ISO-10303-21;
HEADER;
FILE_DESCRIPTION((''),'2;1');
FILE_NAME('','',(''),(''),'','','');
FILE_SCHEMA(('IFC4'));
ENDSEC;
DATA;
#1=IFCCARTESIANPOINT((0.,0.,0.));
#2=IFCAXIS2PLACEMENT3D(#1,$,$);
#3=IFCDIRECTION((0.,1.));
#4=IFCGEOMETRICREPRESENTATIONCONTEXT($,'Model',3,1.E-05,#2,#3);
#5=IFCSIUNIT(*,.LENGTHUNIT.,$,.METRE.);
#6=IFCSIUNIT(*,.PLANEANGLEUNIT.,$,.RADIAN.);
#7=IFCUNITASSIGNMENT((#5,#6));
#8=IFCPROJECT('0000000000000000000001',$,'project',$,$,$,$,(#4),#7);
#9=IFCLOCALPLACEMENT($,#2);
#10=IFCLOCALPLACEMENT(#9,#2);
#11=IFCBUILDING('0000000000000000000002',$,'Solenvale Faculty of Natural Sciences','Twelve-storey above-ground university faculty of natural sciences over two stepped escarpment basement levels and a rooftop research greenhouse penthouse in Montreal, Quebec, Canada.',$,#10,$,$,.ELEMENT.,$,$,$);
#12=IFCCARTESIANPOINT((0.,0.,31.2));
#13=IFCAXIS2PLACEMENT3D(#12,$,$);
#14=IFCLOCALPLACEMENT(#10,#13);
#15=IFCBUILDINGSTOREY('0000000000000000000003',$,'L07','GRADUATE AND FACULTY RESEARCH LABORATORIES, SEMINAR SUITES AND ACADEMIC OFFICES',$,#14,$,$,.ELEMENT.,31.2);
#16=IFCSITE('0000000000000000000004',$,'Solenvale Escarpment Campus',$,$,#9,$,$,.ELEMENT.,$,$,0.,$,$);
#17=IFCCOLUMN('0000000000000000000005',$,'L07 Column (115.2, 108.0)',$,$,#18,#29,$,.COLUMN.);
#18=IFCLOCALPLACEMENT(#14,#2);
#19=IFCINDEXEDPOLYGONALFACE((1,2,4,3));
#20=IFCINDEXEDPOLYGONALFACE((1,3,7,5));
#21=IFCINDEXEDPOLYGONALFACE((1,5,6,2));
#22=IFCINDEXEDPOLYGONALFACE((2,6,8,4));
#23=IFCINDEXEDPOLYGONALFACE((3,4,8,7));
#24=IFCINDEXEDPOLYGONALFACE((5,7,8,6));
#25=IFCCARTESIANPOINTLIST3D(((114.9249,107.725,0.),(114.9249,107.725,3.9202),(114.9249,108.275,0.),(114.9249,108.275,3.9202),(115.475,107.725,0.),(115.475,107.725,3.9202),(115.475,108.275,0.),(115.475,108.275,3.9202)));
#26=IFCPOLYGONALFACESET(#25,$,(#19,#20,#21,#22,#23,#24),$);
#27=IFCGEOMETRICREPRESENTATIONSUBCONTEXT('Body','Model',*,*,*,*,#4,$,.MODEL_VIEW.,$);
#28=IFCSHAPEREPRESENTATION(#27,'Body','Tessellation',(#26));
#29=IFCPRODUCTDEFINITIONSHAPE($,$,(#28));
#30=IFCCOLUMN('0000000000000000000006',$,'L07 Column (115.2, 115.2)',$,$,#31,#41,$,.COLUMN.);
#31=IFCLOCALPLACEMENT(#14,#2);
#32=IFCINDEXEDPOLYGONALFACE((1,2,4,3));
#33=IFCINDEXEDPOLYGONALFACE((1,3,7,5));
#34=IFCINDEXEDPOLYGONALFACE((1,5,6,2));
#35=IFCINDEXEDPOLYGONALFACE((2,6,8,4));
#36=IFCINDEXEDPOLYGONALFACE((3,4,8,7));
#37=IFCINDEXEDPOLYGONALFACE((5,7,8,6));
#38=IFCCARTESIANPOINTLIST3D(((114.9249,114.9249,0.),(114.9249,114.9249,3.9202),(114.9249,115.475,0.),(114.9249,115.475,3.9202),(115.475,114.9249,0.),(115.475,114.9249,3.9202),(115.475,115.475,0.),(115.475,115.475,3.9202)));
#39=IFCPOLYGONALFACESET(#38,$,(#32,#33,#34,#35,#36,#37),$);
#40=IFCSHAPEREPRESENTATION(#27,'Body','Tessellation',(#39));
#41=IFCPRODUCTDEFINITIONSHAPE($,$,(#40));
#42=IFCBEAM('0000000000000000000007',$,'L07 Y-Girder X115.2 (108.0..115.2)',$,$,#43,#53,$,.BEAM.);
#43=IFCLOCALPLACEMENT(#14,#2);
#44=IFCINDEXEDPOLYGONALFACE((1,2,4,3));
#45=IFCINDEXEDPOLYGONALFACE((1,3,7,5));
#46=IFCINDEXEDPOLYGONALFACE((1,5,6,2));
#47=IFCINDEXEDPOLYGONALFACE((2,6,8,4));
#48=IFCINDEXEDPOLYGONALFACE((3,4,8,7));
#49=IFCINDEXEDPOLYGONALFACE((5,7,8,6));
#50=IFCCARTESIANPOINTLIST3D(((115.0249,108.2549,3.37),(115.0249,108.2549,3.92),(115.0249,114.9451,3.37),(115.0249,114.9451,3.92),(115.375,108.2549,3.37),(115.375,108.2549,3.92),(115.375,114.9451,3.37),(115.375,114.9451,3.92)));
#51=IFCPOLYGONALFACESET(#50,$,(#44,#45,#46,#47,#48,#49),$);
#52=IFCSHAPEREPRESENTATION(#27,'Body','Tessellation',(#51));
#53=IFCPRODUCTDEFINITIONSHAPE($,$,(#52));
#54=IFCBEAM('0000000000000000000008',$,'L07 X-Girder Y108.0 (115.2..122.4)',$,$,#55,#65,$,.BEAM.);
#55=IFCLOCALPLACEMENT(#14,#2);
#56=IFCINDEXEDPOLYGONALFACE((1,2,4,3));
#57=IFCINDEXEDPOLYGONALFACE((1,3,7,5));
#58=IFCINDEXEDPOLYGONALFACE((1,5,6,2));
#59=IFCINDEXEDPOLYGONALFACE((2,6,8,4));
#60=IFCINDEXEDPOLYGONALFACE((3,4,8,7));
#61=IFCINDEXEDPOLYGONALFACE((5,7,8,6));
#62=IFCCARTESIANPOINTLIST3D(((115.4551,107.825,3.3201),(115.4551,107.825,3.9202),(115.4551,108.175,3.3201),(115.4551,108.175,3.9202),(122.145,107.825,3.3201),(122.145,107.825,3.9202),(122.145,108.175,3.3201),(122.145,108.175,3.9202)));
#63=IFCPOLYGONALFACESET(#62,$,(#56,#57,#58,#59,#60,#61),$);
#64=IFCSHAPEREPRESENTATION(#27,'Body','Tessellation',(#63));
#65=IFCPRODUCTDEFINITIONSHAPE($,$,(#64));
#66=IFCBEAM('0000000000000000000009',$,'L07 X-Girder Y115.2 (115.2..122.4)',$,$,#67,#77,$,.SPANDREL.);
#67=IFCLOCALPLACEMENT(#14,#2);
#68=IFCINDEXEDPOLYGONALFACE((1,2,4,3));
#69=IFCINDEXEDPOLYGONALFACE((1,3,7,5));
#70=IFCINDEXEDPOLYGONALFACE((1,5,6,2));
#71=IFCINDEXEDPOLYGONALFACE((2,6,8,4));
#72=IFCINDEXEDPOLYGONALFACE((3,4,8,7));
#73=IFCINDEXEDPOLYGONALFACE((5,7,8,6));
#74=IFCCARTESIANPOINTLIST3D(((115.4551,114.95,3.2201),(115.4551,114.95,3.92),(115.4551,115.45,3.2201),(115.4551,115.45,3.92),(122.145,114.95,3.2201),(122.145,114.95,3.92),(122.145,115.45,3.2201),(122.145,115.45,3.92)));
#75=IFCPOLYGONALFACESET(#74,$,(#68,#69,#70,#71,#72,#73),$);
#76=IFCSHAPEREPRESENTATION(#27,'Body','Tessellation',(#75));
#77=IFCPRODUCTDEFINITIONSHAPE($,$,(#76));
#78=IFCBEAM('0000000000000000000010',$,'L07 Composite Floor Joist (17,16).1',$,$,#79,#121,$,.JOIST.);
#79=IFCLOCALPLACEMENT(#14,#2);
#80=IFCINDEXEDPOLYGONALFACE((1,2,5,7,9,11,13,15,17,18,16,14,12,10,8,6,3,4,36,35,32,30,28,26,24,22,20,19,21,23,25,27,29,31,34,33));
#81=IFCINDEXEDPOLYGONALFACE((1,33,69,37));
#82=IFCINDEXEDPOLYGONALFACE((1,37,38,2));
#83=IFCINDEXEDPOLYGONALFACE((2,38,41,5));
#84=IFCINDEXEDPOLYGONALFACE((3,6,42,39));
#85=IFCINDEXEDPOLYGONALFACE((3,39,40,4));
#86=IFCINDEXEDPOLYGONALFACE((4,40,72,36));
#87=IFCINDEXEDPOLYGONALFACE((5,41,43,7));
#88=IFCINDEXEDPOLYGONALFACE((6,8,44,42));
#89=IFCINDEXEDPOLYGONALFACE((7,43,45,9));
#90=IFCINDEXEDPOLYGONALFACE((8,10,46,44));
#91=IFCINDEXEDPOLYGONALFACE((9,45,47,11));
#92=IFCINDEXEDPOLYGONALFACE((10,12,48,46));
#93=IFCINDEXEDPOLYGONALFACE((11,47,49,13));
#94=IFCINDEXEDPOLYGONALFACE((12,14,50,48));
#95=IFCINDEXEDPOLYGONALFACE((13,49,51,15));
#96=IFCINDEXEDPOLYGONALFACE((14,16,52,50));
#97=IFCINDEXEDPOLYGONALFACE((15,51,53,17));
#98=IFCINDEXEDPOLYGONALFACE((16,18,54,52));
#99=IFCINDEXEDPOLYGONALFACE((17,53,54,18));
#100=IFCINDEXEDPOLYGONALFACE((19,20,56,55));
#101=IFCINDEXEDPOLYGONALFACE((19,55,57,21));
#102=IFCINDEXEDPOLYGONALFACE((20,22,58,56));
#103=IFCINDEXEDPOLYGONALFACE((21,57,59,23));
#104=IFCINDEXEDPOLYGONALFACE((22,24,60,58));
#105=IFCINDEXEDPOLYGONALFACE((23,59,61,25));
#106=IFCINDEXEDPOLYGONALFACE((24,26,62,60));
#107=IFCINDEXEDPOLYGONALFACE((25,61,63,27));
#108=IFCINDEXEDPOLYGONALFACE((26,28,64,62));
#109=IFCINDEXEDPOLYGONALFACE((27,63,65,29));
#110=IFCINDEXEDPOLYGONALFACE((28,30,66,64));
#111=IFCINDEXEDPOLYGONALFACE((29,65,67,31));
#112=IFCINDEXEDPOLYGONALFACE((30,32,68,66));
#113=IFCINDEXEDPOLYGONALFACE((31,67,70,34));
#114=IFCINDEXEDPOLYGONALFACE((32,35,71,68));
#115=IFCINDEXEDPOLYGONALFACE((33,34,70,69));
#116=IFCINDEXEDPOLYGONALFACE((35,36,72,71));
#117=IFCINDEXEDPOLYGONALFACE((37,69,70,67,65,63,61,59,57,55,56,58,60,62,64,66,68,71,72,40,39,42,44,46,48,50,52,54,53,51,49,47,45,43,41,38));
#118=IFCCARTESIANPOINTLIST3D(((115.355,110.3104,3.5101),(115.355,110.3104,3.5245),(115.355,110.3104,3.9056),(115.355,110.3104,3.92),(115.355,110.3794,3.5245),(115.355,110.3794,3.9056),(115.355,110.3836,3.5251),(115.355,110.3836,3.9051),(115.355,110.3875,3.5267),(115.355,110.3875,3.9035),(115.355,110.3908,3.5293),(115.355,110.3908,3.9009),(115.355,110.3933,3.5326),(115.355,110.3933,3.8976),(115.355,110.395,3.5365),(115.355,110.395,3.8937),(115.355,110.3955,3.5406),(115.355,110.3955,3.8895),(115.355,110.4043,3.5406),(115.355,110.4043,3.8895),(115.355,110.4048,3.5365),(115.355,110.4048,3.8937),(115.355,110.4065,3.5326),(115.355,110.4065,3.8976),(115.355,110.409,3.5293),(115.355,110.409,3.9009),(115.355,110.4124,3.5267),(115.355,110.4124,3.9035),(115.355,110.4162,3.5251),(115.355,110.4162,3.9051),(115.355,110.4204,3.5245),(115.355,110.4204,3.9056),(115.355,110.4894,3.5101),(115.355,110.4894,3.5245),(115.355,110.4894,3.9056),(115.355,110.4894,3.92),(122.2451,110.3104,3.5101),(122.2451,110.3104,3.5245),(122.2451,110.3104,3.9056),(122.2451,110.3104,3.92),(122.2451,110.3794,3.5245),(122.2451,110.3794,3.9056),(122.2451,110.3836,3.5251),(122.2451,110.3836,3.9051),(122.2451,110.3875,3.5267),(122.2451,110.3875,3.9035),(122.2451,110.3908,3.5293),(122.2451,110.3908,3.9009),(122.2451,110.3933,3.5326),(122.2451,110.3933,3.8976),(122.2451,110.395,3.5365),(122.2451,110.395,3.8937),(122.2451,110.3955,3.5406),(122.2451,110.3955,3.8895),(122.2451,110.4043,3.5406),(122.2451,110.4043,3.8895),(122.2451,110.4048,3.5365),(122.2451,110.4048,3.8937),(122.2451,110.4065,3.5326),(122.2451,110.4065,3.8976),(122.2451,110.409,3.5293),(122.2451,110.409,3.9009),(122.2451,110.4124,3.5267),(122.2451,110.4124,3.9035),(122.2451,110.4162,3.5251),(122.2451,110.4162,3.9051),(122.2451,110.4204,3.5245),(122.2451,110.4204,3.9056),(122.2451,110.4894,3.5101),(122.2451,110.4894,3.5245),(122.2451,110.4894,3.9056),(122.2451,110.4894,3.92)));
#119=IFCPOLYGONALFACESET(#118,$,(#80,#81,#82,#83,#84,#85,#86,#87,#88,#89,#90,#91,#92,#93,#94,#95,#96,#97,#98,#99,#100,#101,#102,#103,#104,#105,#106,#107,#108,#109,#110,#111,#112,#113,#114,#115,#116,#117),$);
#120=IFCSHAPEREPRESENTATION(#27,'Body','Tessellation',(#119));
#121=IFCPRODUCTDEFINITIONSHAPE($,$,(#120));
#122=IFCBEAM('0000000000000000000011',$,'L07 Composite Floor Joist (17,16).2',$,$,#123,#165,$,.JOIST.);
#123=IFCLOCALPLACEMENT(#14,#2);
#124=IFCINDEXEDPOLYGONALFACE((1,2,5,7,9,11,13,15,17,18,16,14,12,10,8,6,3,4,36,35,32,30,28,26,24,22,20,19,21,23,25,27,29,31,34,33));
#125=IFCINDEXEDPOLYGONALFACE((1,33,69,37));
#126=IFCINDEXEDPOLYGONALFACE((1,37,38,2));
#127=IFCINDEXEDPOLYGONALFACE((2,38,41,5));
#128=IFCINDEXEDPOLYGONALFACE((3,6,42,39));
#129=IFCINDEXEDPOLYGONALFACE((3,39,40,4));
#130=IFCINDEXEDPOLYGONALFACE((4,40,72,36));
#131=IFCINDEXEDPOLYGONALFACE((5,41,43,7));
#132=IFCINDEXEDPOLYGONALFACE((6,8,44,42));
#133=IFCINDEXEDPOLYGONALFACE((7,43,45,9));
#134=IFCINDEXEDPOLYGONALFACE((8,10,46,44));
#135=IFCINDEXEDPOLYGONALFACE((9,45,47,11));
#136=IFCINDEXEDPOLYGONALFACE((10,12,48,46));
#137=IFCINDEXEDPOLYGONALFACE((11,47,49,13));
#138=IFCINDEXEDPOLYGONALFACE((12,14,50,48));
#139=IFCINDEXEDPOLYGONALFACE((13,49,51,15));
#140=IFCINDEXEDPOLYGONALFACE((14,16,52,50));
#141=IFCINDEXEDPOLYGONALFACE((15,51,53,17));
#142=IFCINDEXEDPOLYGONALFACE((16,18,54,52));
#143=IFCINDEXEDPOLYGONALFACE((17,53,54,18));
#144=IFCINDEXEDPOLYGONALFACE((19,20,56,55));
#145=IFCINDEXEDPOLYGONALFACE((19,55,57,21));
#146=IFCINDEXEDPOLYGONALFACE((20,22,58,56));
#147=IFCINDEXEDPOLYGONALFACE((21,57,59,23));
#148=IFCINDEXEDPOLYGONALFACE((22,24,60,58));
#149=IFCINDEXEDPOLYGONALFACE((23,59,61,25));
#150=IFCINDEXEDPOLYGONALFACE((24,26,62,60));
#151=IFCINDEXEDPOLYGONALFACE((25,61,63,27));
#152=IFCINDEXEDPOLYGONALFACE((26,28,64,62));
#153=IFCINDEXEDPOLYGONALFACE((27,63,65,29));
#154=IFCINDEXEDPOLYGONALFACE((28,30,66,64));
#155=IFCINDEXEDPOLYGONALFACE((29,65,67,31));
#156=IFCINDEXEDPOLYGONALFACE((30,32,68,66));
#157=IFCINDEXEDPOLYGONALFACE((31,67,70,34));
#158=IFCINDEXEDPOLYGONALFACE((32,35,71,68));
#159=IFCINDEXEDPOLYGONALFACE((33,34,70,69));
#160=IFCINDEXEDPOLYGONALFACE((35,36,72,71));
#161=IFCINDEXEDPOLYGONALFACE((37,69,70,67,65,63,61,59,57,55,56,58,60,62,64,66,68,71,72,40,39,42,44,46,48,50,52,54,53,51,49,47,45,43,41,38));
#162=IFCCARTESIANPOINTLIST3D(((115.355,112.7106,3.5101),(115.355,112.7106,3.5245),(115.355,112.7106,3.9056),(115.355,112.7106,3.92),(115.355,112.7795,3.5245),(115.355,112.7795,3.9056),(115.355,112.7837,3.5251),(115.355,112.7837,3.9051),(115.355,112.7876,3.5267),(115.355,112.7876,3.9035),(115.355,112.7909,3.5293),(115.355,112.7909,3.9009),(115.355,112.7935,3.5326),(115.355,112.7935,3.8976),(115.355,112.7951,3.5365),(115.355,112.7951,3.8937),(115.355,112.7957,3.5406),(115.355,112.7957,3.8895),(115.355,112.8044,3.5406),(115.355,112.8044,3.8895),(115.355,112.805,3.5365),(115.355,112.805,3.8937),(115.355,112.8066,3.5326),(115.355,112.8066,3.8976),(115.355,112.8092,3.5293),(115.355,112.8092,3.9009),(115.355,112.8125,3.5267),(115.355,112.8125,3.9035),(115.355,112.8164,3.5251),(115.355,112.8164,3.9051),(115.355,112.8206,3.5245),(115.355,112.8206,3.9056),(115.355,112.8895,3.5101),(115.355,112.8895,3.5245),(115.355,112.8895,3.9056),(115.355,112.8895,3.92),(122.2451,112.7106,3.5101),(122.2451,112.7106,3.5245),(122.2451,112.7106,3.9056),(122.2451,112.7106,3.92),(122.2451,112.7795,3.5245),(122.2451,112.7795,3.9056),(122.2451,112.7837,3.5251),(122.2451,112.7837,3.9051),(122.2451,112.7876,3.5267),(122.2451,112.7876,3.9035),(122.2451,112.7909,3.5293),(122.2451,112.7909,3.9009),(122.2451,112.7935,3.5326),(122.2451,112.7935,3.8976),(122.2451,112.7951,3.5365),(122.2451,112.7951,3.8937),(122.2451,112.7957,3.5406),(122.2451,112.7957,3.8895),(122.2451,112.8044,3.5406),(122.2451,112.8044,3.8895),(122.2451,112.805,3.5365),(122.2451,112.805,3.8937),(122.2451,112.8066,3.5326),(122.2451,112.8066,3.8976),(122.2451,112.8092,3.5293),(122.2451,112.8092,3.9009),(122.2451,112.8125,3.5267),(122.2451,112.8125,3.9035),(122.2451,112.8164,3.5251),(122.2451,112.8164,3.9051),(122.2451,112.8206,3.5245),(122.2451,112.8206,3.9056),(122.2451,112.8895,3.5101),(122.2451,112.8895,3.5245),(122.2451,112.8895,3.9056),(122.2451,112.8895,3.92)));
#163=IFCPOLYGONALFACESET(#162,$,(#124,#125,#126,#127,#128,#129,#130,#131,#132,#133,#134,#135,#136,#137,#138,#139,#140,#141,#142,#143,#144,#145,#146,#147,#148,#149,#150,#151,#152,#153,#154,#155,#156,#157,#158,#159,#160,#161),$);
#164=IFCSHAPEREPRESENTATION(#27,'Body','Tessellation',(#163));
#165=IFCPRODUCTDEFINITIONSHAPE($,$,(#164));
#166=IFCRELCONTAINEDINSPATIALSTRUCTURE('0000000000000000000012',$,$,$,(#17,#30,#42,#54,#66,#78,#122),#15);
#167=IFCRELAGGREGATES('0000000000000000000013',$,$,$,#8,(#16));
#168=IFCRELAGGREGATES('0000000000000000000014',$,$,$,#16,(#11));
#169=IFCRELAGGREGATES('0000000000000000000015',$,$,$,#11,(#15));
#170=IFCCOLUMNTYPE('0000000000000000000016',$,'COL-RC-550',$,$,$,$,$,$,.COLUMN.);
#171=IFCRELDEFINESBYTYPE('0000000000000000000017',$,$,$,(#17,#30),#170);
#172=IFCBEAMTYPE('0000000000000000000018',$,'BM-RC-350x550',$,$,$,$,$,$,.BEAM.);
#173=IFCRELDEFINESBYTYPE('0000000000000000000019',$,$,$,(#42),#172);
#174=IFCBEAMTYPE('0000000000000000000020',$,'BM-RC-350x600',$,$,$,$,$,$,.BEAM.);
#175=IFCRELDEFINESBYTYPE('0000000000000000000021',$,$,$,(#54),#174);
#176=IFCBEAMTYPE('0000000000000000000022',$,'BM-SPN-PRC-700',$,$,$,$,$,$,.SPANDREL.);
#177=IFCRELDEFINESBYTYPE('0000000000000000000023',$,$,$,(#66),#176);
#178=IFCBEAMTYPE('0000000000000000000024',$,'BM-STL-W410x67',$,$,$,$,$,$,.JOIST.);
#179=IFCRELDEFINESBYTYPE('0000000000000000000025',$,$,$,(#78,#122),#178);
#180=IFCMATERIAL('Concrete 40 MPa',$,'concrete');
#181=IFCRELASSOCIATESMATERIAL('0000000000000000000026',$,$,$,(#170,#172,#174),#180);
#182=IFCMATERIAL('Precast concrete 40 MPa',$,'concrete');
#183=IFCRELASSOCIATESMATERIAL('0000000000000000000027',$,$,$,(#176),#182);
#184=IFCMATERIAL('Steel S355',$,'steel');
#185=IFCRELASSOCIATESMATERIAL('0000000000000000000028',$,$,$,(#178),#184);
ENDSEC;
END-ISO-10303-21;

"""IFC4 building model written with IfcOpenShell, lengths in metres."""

from ifc_helpers import new_model, si_unit, direction, frame, origin, origin_2d, place, context, subcontext, project, spatial, rectangle, i_section, extrude, material, material_profile, profile_set, type_object, element, save


model = new_model("IFC4")

# Units and contexts
model_context = context("Model", 3, precision=1e-05, world=origin(), true_north=direction((0.0, 1.0)))
body_context = subcontext(model_context, "Body", "Model", "MODEL_VIEW")
ifc_project = project(units=[si_unit("LENGTHUNIT", "METRE"), si_unit("PLANEANGLEUNIT", "RADIAN")], contexts=[model_context])

# Site, building, storey
site_placement = place(None, origin())
site = spatial("IfcSite", under=ifc_project, at=site_placement, Name="Solenvale Escarpment Campus", CompositionType="ELEMENT", RefElevation=0.0)
building_placement = place(site_placement, origin())
building = spatial("IfcBuilding", under=site, at=building_placement, Name="Solenvale Faculty of Natural Sciences", Description="Twelve-storey above-ground university faculty of natural sciences over two stepped escarpment basement levels and a rooftop research greenhouse penthouse in Montreal, Quebec, Canada.", CompositionType="ELEMENT")
storey_placement = place(building_placement, frame((0.0, 0.0, 31.2)))
storey = spatial("IfcBuildingStorey", under=building, at=storey_placement, Name="L07", Description="GRADUATE AND FACULTY RESEARCH LABORATORIES, SEMINAR SUITES AND ACADEMIC OFFICES", CompositionType="ELEMENT", Elevation=31.2)

# Columns
ifc_material_1 = material(Name="Concrete 40 MPa", Category="concrete")
ifc_material_profile_1 = material_profile(ifc_material_1, rectangle(XDim=0.55, YDim=0.55, at=origin_2d()), Name="RC-COL-550x550")
ifc_profile_set_1 = profile_set([ifc_material_profile_1], Name="Concrete 40 MPa")
column_type = type_object("IfcColumnType", Name="COL-RC-550", PredefinedType="COLUMN", material=ifc_profile_set_1)
for number, where, z_axis, x_axis, name in (
    (1, (115.2, 108.0, 0.0), (0.0, 0.0, 1.0), (1.0, 0.0, 0.0), "L07 Column (115.2, 108.0)"),
    (2, (115.2, 115.2, 0.0), (0.0, 0.0, 1.0), (1.0, 0.0, 0.0), "L07 Column (115.2, 115.2)"),
):
    element("IfcColumn", number, at=place(storey_placement, frame(where, z_axis=z_axis, x_axis=x_axis)), inside=storey, type_object=column_type, Name=name, PredefinedType="COLUMN", context=body_context, shape_type="SweptSolid", body=[
        extrude(rectangle(XDim=0.55, YDim=0.55, at=origin_2d()), origin(), (0.0, 0.0, 1.0), 3.9202),
    ])

# Beams
ifc_material_profile_2 = material_profile(ifc_material_1, rectangle(XDim=0.3501, YDim=0.55, at=origin_2d()), Name="RC-BM-350x550")
ifc_profile_set_2 = profile_set([ifc_material_profile_2], Name="Concrete 40 MPa")
beam_type_1 = type_object("IfcBeamType", Name="BM-RC-350x550", PredefinedType="BEAM", material=ifc_profile_set_2)
beam_1_placement = place(storey_placement, frame((115.2, 108.2549, 3.645), z_axis=(0.0, 1.0, 0.0), x_axis=(-1.0, 0.0, 0.0)))
element("IfcBeam", 3, at=beam_1_placement, inside=storey, type_object=beam_type_1, Name="L07 Y-Girder X115.2 (108.0..115.2)", PredefinedType="BEAM", context=body_context, shape_type="SweptSolid", body=[
    extrude(rectangle(XDim=0.3501, YDim=0.55, at=origin_2d()), origin(), (0.0, 0.0, 1.0), 6.6902),
])
ifc_material_profile_3 = material_profile(ifc_material_1, rectangle(XDim=0.3501, YDim=0.6001, at=origin_2d()), Name="RC-BM-350x600")
ifc_profile_set_3 = profile_set([ifc_material_profile_3], Name="Concrete 40 MPa")
beam_type_2 = type_object("IfcBeamType", Name="BM-RC-350x600", PredefinedType="BEAM", material=ifc_profile_set_3)
beam_2_placement = place(storey_placement, frame((115.4551, 108.0, 3.6201), z_axis=(1.0, 0.0, 0.0), x_axis=(0.0, 1.0, 0.0)))
element("IfcBeam", 4, at=beam_2_placement, inside=storey, type_object=beam_type_2, Name="L07 X-Girder Y108.0 (115.2..122.4)", PredefinedType="BEAM", context=body_context, shape_type="SweptSolid", body=[
    extrude(rectangle(XDim=0.3501, YDim=0.6001, at=origin_2d()), origin(), (0.0, 0.0, 1.0), 6.6899),
])
ifc_material_2 = material(Name="Precast concrete 40 MPa", Category="concrete")
ifc_material_profile_4 = material_profile(ifc_material_2, rectangle(XDim=0.5, YDim=0.7, at=origin_2d()), Name="RC-BM-500x700")
ifc_profile_set_4 = profile_set([ifc_material_profile_4], Name="Precast concrete 40 MPa")
beam_type_3 = type_object("IfcBeamType", Name="BM-SPN-PRC-700", PredefinedType="SPANDREL", material=ifc_profile_set_4)
beam_3_placement = place(storey_placement, frame((115.4551, 115.2, 3.5701), z_axis=(1.0, 0.0, 0.0), x_axis=(0.0, 1.0, 0.0)))
element("IfcBeam", 5, at=beam_3_placement, inside=storey, type_object=beam_type_3, Name="L07 X-Girder Y115.2 (115.2..122.4)", PredefinedType="SPANDREL", context=body_context, shape_type="SweptSolid", body=[
    extrude(rectangle(XDim=0.5, YDim=0.7, at=origin_2d()), origin(), (0.0, 0.0, 1.0), 6.6899),
])
ifc_material_3 = material(Name="Steel S355", Category="steel")
ifc_material_profile_5 = material_profile(ifc_material_3, i_section(OverallWidth=0.179, OverallDepth=0.4099, WebThickness=0.0088, FlangeThickness=0.0144, FilletRadius=0.0161, at=origin_2d()), Name="W410x67")
ifc_profile_set_5 = profile_set([ifc_material_profile_5], Name="Steel S355")
beam_type_4 = type_object("IfcBeamType", Name="BM-STL-W410x67", PredefinedType="JOIST", material=ifc_profile_set_5)
for number, where, z_axis, x_axis, name in (
    (6, (115.355, 110.3999, 3.7151), (1.0, 0.0, 0.0), (0.0, 1.0, 0.0), "L07 Composite Floor Joist (17,16).1"),
    (7, (115.355, 112.8, 3.7151), (1.0, 0.0, 0.0), (0.0, 1.0, 0.0), "L07 Composite Floor Joist (17,16).2"),
):
    element("IfcBeam", number, at=place(storey_placement, frame(where, z_axis=z_axis, x_axis=x_axis)), inside=storey, type_object=beam_type_4, Name=name, PredefinedType="JOIST", context=body_context, shape_type="SweptSolid", body=[
        extrude(i_section(OverallWidth=0.179, OverallDepth=0.4099, WebThickness=0.0088, FlangeThickness=0.0144, FilletRadius=0.0161, at=origin_2d()), origin(), (0.0, 0.0, 1.0), 6.8901),
    ])

save(model, "model.ifc")
